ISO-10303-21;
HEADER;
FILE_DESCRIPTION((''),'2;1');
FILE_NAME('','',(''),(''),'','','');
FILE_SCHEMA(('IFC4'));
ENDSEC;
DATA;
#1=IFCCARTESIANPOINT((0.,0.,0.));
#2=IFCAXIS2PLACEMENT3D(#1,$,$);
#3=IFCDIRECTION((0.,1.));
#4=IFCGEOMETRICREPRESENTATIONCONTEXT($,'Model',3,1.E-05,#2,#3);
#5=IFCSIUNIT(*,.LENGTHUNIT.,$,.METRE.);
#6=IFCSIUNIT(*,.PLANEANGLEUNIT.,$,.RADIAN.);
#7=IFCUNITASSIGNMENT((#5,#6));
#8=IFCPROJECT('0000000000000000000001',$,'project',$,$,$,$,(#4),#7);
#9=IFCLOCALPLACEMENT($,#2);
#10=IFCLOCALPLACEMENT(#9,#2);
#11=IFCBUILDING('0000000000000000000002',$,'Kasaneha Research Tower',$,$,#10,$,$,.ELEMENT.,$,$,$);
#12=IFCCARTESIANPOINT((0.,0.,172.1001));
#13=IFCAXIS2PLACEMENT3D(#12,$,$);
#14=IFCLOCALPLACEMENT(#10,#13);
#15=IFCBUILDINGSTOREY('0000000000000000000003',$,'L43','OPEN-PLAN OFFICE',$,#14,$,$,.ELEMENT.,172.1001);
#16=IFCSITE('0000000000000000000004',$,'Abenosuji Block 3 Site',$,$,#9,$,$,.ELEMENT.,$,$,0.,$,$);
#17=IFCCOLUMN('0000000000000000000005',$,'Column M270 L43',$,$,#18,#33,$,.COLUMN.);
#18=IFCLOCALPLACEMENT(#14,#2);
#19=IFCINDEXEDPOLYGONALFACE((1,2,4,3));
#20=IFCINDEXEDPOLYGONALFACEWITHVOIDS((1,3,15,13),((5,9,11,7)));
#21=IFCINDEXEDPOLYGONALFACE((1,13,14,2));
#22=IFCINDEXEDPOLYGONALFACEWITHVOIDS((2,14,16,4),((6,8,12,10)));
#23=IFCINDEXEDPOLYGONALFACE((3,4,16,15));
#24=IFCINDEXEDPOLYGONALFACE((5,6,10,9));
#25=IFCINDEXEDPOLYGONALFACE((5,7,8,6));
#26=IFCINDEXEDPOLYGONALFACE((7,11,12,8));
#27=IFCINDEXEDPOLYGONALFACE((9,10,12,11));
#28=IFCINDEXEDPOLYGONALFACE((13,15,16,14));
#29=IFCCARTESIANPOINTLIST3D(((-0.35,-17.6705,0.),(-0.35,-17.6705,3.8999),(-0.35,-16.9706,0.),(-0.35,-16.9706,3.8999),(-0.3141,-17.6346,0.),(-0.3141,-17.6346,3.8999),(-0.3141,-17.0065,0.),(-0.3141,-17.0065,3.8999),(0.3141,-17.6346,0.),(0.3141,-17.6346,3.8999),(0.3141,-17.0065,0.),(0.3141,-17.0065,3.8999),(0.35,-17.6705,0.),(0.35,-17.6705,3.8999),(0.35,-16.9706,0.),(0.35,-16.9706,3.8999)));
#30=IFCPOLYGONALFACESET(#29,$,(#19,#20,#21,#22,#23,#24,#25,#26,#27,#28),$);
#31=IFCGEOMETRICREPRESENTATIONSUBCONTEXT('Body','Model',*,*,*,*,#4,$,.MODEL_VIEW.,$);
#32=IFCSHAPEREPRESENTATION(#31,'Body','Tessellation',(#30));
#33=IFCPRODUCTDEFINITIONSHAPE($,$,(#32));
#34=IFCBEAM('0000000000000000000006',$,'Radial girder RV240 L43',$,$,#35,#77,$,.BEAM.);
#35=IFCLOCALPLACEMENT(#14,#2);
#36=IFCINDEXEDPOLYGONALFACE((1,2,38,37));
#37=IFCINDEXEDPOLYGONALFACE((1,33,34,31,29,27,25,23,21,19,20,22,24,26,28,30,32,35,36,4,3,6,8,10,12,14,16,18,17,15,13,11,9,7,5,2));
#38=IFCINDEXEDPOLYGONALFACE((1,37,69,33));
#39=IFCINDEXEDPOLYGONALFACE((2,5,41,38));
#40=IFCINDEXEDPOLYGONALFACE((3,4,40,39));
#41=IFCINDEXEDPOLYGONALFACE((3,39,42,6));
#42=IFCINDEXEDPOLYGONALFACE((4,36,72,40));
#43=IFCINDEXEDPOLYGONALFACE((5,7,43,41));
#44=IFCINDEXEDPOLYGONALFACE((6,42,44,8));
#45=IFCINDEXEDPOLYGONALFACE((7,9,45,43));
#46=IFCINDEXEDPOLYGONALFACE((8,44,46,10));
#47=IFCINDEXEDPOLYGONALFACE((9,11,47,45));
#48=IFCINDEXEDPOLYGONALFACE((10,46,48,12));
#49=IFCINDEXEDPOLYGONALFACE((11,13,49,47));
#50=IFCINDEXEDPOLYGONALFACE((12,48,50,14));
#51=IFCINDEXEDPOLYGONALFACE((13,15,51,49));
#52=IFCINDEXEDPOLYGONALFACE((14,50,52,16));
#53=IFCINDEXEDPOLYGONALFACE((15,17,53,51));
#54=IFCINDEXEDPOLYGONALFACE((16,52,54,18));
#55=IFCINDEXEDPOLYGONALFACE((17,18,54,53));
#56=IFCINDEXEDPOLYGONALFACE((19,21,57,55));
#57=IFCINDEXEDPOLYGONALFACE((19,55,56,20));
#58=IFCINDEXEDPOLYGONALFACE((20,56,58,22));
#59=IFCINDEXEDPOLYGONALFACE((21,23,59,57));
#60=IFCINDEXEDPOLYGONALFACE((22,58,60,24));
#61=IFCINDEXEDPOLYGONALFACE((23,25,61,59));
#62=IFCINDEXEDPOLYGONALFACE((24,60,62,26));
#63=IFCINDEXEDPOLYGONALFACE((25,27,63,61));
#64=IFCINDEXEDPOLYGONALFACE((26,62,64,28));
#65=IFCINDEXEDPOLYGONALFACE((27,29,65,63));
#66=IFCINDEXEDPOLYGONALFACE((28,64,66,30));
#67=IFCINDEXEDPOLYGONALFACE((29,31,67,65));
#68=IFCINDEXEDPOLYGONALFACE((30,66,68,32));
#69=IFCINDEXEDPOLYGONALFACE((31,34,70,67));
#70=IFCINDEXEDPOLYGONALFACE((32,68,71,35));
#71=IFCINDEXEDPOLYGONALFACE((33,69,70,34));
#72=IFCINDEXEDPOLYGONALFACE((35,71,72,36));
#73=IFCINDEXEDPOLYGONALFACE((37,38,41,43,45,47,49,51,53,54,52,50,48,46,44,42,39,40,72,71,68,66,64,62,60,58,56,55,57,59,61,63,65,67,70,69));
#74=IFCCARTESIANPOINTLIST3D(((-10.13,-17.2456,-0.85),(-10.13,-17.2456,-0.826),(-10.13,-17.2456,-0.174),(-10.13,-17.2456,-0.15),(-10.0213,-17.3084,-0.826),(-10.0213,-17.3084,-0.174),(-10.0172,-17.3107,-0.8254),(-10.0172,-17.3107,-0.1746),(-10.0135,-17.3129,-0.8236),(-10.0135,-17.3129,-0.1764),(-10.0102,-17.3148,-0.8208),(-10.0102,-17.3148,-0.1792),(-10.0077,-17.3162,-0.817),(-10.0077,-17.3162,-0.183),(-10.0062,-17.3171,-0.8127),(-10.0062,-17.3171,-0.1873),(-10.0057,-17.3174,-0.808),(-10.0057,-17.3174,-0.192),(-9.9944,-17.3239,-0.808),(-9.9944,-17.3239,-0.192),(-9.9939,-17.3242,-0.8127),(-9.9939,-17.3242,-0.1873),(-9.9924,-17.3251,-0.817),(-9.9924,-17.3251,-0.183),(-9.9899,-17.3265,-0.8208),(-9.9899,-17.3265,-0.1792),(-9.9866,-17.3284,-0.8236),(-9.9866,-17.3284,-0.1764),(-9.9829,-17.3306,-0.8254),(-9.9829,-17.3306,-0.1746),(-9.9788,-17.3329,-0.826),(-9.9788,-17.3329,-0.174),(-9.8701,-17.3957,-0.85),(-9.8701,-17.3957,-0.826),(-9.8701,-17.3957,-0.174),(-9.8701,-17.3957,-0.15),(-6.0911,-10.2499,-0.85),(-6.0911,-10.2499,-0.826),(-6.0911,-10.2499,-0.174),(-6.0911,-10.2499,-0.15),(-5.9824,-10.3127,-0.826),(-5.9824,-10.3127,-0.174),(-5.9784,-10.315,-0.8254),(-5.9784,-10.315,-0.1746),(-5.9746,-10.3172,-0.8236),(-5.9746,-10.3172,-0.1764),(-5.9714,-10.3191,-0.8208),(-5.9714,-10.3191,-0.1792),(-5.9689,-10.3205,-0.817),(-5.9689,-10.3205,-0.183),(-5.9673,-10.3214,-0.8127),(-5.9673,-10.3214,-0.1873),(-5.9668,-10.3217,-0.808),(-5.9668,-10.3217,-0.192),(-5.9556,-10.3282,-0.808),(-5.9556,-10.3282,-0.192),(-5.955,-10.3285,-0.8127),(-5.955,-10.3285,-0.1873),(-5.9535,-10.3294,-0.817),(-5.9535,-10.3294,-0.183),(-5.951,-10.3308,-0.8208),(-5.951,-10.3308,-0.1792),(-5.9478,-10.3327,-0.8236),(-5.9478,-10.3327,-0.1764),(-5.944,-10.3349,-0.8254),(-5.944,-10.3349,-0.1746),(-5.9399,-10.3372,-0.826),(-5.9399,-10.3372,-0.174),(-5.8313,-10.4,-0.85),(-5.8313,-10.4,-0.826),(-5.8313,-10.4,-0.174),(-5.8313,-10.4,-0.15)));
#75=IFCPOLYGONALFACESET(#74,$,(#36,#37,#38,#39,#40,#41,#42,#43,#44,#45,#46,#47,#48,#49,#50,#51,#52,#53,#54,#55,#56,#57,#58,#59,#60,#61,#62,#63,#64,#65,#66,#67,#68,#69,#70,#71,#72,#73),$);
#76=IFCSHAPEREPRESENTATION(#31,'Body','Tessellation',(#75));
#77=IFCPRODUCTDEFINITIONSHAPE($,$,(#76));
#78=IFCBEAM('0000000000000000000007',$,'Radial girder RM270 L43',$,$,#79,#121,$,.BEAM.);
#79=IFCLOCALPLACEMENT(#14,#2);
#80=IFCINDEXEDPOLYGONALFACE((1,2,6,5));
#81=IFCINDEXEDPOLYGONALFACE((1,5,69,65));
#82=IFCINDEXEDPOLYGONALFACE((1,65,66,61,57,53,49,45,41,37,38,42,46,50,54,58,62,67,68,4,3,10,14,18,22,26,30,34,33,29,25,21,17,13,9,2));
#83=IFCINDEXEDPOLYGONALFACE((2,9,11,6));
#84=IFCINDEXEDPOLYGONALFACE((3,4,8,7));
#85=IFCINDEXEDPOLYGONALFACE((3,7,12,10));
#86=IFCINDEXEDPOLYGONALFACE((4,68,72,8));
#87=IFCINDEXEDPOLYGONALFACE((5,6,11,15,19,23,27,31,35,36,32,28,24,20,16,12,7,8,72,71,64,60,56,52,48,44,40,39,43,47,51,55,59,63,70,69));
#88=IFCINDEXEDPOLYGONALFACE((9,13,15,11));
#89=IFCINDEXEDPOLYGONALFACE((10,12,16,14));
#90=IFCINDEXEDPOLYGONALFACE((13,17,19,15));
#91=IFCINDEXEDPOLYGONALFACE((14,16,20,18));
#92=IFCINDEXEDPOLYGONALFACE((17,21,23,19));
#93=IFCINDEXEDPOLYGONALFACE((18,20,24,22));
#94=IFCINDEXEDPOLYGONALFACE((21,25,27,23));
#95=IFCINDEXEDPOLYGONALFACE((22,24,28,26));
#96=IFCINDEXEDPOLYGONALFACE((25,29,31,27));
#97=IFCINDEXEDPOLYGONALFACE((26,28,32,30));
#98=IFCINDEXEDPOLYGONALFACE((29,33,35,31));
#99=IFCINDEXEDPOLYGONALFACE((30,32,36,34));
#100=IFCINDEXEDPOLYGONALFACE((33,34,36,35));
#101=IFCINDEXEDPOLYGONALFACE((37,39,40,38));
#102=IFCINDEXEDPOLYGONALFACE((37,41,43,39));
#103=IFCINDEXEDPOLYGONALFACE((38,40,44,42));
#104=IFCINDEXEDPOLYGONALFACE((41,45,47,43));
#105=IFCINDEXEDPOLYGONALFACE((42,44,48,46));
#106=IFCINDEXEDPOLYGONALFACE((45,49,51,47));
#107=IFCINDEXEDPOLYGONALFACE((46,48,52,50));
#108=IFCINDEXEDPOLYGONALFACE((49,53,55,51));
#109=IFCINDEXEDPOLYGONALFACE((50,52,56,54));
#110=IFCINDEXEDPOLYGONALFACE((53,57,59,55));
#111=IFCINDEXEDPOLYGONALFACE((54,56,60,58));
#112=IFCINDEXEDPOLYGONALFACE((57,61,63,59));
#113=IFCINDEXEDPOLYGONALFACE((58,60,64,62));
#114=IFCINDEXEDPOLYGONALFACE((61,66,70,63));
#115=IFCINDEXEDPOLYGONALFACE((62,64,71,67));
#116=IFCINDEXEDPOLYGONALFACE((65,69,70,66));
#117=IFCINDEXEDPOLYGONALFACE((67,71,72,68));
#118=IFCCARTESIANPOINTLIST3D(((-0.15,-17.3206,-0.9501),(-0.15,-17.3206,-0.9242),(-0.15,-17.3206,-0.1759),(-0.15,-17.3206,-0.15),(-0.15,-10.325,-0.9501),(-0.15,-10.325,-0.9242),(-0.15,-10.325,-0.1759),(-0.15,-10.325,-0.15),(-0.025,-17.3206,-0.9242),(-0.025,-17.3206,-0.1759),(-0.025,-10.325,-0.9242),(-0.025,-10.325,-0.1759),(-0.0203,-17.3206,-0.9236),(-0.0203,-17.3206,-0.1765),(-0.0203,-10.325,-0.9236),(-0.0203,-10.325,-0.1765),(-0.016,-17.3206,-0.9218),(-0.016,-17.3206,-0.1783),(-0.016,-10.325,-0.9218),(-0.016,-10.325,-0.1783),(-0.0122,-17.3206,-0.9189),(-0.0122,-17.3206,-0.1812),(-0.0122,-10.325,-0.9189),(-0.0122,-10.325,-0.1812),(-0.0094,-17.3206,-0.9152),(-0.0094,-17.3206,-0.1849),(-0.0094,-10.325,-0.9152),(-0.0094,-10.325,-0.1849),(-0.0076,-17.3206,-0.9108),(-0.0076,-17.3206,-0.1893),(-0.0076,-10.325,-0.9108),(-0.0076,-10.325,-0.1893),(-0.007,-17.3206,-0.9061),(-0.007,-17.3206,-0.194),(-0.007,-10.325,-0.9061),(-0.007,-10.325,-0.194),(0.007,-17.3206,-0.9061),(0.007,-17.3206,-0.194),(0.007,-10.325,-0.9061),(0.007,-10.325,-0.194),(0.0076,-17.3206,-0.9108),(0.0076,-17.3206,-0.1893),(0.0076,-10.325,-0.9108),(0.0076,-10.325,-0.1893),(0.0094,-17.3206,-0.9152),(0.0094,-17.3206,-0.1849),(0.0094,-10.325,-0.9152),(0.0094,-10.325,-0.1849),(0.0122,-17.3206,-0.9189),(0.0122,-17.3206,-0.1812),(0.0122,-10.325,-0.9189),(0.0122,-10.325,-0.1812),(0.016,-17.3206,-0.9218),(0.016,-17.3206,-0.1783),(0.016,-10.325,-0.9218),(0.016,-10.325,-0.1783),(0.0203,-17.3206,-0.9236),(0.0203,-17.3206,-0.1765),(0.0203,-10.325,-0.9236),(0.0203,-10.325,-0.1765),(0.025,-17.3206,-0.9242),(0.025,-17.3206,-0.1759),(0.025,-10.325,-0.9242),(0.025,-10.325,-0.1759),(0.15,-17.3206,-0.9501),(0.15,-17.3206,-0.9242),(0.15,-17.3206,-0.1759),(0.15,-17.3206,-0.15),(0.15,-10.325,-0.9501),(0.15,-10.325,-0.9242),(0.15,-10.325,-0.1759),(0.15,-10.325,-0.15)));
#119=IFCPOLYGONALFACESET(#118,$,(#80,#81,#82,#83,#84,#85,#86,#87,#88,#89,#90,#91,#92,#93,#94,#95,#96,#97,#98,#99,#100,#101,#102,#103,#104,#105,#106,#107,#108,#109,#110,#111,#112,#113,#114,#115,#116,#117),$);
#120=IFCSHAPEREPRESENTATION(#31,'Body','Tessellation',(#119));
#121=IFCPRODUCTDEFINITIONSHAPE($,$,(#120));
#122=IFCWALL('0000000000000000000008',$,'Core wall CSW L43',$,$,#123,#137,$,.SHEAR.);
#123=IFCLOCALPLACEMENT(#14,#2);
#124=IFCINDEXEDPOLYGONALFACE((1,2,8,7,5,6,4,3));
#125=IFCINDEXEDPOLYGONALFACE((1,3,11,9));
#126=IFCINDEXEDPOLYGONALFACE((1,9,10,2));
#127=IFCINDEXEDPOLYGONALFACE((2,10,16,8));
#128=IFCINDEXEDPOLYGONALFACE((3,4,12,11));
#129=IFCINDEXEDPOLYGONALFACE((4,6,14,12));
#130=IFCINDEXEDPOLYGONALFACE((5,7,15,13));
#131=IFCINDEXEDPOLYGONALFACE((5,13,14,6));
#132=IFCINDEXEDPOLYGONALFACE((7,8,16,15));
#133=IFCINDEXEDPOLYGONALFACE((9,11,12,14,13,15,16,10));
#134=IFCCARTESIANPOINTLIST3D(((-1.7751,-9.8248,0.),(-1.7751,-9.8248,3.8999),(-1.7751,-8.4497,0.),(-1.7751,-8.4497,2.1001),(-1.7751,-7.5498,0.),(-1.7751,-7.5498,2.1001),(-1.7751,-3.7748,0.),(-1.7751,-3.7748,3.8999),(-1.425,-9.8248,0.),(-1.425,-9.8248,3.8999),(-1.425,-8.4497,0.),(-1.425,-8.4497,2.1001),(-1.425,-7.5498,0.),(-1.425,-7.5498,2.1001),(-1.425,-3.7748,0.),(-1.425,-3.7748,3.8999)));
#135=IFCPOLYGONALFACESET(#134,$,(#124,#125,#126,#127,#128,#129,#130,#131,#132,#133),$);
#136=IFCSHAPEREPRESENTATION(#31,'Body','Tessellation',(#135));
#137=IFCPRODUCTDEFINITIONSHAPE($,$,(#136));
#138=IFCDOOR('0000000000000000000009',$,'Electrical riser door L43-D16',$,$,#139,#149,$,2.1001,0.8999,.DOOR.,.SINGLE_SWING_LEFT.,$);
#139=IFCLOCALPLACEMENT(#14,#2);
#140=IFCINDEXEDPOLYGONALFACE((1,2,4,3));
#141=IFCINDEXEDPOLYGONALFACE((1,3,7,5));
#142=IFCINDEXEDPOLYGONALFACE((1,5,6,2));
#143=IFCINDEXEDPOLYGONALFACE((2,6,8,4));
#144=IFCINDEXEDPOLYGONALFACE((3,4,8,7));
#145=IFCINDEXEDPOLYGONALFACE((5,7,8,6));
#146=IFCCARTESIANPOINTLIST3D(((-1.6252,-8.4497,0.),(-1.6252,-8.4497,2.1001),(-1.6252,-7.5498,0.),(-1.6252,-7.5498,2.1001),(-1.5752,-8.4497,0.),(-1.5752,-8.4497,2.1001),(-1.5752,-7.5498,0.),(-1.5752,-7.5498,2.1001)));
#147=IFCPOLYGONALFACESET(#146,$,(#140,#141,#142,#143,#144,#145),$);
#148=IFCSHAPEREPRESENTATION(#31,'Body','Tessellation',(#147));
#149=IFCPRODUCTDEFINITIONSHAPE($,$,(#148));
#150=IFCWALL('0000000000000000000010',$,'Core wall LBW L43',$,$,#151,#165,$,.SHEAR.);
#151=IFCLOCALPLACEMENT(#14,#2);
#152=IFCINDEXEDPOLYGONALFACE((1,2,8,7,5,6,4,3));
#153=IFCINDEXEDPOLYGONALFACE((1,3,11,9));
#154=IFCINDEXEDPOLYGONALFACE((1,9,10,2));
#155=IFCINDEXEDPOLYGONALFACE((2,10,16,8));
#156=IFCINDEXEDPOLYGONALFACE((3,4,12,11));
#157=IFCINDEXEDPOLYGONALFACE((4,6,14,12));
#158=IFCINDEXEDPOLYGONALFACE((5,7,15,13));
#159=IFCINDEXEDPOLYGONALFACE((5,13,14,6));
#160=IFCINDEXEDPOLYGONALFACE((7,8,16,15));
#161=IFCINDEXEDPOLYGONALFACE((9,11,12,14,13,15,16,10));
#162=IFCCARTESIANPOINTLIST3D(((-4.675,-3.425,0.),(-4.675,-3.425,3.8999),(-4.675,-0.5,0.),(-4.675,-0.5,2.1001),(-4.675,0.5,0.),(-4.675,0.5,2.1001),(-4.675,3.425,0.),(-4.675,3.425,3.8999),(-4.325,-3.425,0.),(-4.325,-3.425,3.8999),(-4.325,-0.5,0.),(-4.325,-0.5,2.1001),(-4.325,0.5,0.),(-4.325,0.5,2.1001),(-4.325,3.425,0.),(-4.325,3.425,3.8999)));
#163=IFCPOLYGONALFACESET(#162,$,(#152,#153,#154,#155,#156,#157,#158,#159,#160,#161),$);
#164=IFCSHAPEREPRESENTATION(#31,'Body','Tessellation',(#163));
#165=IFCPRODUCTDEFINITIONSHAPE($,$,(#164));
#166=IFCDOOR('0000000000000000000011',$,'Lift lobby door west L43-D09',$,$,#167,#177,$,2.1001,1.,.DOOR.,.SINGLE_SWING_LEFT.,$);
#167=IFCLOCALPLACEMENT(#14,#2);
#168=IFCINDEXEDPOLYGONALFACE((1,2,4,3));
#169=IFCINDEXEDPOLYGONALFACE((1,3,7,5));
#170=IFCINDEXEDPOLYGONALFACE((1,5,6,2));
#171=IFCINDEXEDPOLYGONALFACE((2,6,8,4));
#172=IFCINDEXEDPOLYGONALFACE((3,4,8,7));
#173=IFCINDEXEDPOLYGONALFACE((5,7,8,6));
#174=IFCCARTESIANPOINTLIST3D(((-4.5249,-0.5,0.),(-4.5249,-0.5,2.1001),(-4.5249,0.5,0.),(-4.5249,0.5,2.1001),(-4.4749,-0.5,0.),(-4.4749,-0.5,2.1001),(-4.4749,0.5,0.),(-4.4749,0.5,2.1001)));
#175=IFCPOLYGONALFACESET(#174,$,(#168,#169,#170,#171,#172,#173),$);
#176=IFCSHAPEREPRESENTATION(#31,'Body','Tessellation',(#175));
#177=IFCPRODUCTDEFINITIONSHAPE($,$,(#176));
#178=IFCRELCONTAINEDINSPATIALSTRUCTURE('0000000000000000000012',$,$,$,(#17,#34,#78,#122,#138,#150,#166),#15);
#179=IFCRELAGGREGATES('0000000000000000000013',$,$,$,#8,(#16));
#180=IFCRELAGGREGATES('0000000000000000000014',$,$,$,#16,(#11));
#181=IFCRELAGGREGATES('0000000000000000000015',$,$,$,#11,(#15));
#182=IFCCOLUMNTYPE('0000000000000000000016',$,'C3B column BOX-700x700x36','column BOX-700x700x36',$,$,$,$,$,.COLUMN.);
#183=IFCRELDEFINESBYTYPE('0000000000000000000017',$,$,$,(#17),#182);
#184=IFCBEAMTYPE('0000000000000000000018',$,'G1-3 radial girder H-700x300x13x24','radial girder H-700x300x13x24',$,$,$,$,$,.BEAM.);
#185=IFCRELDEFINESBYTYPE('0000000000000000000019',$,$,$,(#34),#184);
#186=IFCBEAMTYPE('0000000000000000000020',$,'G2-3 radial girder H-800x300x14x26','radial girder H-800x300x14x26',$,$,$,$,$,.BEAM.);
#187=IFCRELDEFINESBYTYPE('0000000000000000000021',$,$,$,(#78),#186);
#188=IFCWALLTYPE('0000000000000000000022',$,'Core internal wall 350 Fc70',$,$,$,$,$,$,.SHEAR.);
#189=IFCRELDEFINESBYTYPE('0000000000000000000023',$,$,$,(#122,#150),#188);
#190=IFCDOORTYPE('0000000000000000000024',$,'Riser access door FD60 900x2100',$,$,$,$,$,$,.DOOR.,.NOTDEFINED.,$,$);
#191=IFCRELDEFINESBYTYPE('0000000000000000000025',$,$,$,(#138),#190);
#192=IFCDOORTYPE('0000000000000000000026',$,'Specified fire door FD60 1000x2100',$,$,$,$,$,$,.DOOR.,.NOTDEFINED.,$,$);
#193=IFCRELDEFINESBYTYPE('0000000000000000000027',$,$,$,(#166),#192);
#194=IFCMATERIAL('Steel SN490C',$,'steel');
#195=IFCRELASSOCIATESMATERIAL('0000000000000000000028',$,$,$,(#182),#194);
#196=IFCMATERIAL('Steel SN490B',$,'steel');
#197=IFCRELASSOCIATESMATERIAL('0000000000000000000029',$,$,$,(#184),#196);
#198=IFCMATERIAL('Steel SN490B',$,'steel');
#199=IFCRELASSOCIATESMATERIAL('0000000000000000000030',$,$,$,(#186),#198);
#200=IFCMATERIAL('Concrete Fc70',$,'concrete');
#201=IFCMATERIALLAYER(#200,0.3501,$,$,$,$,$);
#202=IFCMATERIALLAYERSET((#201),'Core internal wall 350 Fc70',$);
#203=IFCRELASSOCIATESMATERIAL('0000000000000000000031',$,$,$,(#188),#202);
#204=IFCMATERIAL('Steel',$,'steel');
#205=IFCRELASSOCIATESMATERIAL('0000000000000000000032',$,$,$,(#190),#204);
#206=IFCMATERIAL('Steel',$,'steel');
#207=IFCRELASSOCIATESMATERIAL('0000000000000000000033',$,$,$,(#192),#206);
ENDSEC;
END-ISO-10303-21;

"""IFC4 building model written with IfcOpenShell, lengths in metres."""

from ifc_helpers import new_model, si_unit, direction, frame, frame_2d, origin, origin_2d, place, context, subcontext, project, spatial, rectangle, hollow_rectangle, i_section, extrude, material, layer, layer_set, material_profile, profile_set, type_object, element, fill, save


model = new_model("IFC4")

# Units and contexts
model_context = context("Model", 3, precision=1e-05, world=origin(), true_north=direction((0.0, 1.0)))
body_context = subcontext(model_context, "Body", "Model", "MODEL_VIEW")
ifc_project = project(units=[si_unit("LENGTHUNIT", "METRE"), si_unit("PLANEANGLEUNIT", "RADIAN")], contexts=[model_context])

# Site, building, storey
site_placement = place(None, origin())
site = spatial("IfcSite", under=ifc_project, at=site_placement, Name="Abenosuji Block 3 Site", CompositionType="ELEMENT", RefElevation=0.0)
building_placement = place(site_placement, origin())
building = spatial("IfcBuilding", under=site, at=building_placement, Name="Kasaneha Research Tower", CompositionType="ELEMENT")
storey_placement = place(building_placement, frame((0.0, 0.0, 172.1001)))
storey = spatial("IfcBuildingStorey", under=building, at=storey_placement, Name="L43", Description="OPEN-PLAN OFFICE", CompositionType="ELEMENT", Elevation=172.1001)

# Column
ifc_material_1 = material(Name="Steel SN490C", Category="steel")
ifc_material_profile_1 = material_profile(ifc_material_1, hollow_rectangle(XDim=0.7, YDim=0.7, WallThickness=0.0359, at=origin_2d()), Name="BOX-700x700x36")
ifc_profile_set_1 = profile_set([ifc_material_profile_1], Name="Steel SN490C")
column_type = type_object("IfcColumnType", Name="C3B column BOX-700x700x36", Description="column BOX-700x700x36", PredefinedType="COLUMN", material=ifc_profile_set_1)
column_placement = place(storey_placement, frame((0.0, -17.3206, 0.0), z_axis=(0.0, 0.0, 1.0), x_axis=(1.0, 0.0, 0.0)))
element("IfcColumn", 1, at=column_placement, inside=storey, type_object=column_type, Name="Column M270 L43", PredefinedType="COLUMN", context=body_context, shape_type="SweptSolid", body=[
    extrude(hollow_rectangle(XDim=0.7, YDim=0.7, WallThickness=0.0359, at=origin_2d()), origin(), (0.0, 0.0, 1.0), 3.8999),
])

# Beams
ifc_material_2 = material(Name="Steel SN490B", Category="steel")
ifc_material_profile_2 = material_profile(ifc_material_2, i_section(OverallWidth=0.3, OverallDepth=0.7, WebThickness=0.0129, FlangeThickness=0.0239, FilletRadius=0.0181, at=origin_2d()), Name="H-700x300x13x24")
ifc_profile_set_2 = profile_set([ifc_material_profile_2], Name="Steel SN490B")
beam_type_1 = type_object("IfcBeamType", Name="G1-3 radial girder H-700x300x13x24", Description="radial girder H-700x300x13x24", PredefinedType="BEAM", material=ifc_profile_set_2)
beam_1_placement = place(storey_placement, frame((-5.9612, -10.325, -0.5), z_axis=(-0.499991, -0.866031, 0.0), x_axis=(0.866031, -0.499991, 0.0)))
element("IfcBeam", 2, at=beam_1_placement, inside=storey, type_object=beam_type_1, Name="Radial girder RV240 L43", PredefinedType="BEAM", context=body_context, shape_type="SweptSolid", body=[
    extrude(i_section(OverallWidth=0.3, OverallDepth=0.7, WebThickness=0.0129, FlangeThickness=0.0239, FilletRadius=0.0181, at=origin_2d()), origin(), (0.0, 0.0, 1.0), 8.0779),
])
ifc_material_3 = material(Name="Steel SN490B", Category="steel")
ifc_material_profile_3 = material_profile(ifc_material_3, i_section(OverallWidth=0.3, OverallDepth=0.8, WebThickness=0.0139, FlangeThickness=0.0259, FilletRadius=0.0181, at=origin_2d()), Name="H-800x300x14x26")
ifc_profile_set_3 = profile_set([ifc_material_profile_3], Name="Steel SN490B")
beam_type_2 = type_object("IfcBeamType", Name="G2-3 radial girder H-800x300x14x26", Description="radial girder H-800x300x14x26", PredefinedType="BEAM", material=ifc_profile_set_3)
beam_2_placement = place(storey_placement, frame((0.0, -10.325, -0.55), z_axis=(0.0, -1.0, 0.0), x_axis=(1.0, 0.0, 0.0)))
element("IfcBeam", 3, at=beam_2_placement, inside=storey, type_object=beam_type_2, Name="Radial girder RM270 L43", PredefinedType="BEAM", context=body_context, shape_type="SweptSolid", body=[
    extrude(i_section(OverallWidth=0.3, OverallDepth=0.8, WebThickness=0.0139, FlangeThickness=0.0259, FilletRadius=0.0181, at=origin_2d()), origin(), (0.0, 0.0, 1.0), 6.9956),
])

# Walls, openings, doors
ifc_material_4 = material(Name="Concrete Fc70", Category="concrete")
ifc_layer_1 = layer(ifc_material_4, 0.3501)
ifc_layer_set_1 = layer_set([ifc_layer_1], Name="Core internal wall 350 Fc70")
wall_type_1 = type_object("IfcWallType", Name="Core internal wall 350 Fc70", PredefinedType="SHEAR", material=ifc_layer_set_1)
wall_1_placement = place(storey_placement, frame((-1.6001, -3.7749, 0.0), z_axis=(0.0, 0.0, 1.0), x_axis=(0.0, -1.0, 0.0)))
wall_1 = element("IfcWall", 4, at=wall_1_placement, inside=storey, type_object=wall_type_1, Name="Core wall CSW L43", PredefinedType="SHEAR", context=body_context, shape_type="SweptSolid", body=[
    extrude(rectangle(XDim=6.05, YDim=0.3501, at=frame_2d((3.0249, 0.0))), origin(), (0.0, 0.0, 1.0), 3.8999),
])
opening_1_placement = place(wall_1_placement, frame((3.7749, 0.0, 0.0)))
opening_1 = element("IfcOpeningElement", 5, at=opening_1_placement, cuts=wall_1, PredefinedType="OPENING", context=body_context, shape_type="SweptSolid", body=[
    extrude(rectangle(XDim=0.8999, YDim=2.1001, at=frame_2d((0.45, 1.05))), frame((0.0, 0.1851, 0.0), z_axis=(0.0, -1.0, 0.0), x_axis=(1.0, 0.0, 0.0)), (0.0, 0.0, 1.0), 0.3701),
])
ifc_material_5 = material(Name="Steel", Category="steel")
door_type_1 = type_object("IfcDoorType", Name="Riser access door FD60 900x2100", OperationType="NOTDEFINED", PredefinedType="DOOR", material=ifc_material_5)
door_1_placement = place(opening_1_placement, origin())
door_1 = element("IfcDoor", 6, at=door_1_placement, inside=storey, type_object=door_type_1, Name="Electrical riser door L43-D16", OperationType="SINGLE_SWING_LEFT", OverallHeight=2.1001, OverallWidth=0.8999, PredefinedType="DOOR", context=body_context, shape_type="SweptSolid", body=[
    extrude(rectangle(XDim=0.8999, YDim=2.1001, at=frame_2d((0.45, 1.05))), frame((0.0, 0.0249, 0.0), z_axis=(0.0, -1.0, 0.0), x_axis=(1.0, 0.0, 0.0)), (0.0, 0.0, 1.0), 0.05),
])
fill(opening_1, door_1)
wall_2_placement = place(storey_placement, frame((-4.5, -3.425, 0.0), z_axis=(0.0, 0.0, 1.0), x_axis=(0.0, 1.0, 0.0)))
wall_2 = element("IfcWall", 7, at=wall_2_placement, inside=storey, type_object=wall_type_1, Name="Core wall LBW L43", PredefinedType="SHEAR", context=body_context, shape_type="SweptSolid", body=[
    extrude(rectangle(XDim=6.8501, YDim=0.3501, at=frame_2d((3.425, 0.0))), origin(), (0.0, 0.0, 1.0), 3.8999),
])
opening_2_placement = place(wall_2_placement, frame((2.925, 0.0, 0.0)))
opening_2 = element("IfcOpeningElement", 8, at=opening_2_placement, cuts=wall_2, PredefinedType="OPENING", context=body_context, shape_type="SweptSolid", body=[
    extrude(rectangle(XDim=1.0, YDim=2.1001, at=frame_2d((0.5, 1.05))), frame((0.0, 0.1851, 0.0), z_axis=(0.0, -1.0, 0.0), x_axis=(1.0, 0.0, 0.0)), (0.0, 0.0, 1.0), 0.3701),
])
ifc_material_6 = material(Name="Steel", Category="steel")
door_type_2 = type_object("IfcDoorType", Name="Specified fire door FD60 1000x2100", OperationType="NOTDEFINED", PredefinedType="DOOR", material=ifc_material_6)
door_2_placement = place(opening_2_placement, origin())
door_2 = element("IfcDoor", 9, at=door_2_placement, inside=storey, type_object=door_type_2, Name="Lift lobby door west L43-D09", OperationType="SINGLE_SWING_LEFT", OverallHeight=2.1001, OverallWidth=1.0, PredefinedType="DOOR", context=body_context, shape_type="SweptSolid", body=[
    extrude(rectangle(XDim=1.0, YDim=2.1001, at=frame_2d((0.5, 1.05))), frame((0.0, 0.0249, 0.0), z_axis=(0.0, -1.0, 0.0), x_axis=(1.0, 0.0, 0.0)), (0.0, 0.0, 1.0), 0.05),
])
fill(opening_2, door_2)

save(model, "model.ifc")
